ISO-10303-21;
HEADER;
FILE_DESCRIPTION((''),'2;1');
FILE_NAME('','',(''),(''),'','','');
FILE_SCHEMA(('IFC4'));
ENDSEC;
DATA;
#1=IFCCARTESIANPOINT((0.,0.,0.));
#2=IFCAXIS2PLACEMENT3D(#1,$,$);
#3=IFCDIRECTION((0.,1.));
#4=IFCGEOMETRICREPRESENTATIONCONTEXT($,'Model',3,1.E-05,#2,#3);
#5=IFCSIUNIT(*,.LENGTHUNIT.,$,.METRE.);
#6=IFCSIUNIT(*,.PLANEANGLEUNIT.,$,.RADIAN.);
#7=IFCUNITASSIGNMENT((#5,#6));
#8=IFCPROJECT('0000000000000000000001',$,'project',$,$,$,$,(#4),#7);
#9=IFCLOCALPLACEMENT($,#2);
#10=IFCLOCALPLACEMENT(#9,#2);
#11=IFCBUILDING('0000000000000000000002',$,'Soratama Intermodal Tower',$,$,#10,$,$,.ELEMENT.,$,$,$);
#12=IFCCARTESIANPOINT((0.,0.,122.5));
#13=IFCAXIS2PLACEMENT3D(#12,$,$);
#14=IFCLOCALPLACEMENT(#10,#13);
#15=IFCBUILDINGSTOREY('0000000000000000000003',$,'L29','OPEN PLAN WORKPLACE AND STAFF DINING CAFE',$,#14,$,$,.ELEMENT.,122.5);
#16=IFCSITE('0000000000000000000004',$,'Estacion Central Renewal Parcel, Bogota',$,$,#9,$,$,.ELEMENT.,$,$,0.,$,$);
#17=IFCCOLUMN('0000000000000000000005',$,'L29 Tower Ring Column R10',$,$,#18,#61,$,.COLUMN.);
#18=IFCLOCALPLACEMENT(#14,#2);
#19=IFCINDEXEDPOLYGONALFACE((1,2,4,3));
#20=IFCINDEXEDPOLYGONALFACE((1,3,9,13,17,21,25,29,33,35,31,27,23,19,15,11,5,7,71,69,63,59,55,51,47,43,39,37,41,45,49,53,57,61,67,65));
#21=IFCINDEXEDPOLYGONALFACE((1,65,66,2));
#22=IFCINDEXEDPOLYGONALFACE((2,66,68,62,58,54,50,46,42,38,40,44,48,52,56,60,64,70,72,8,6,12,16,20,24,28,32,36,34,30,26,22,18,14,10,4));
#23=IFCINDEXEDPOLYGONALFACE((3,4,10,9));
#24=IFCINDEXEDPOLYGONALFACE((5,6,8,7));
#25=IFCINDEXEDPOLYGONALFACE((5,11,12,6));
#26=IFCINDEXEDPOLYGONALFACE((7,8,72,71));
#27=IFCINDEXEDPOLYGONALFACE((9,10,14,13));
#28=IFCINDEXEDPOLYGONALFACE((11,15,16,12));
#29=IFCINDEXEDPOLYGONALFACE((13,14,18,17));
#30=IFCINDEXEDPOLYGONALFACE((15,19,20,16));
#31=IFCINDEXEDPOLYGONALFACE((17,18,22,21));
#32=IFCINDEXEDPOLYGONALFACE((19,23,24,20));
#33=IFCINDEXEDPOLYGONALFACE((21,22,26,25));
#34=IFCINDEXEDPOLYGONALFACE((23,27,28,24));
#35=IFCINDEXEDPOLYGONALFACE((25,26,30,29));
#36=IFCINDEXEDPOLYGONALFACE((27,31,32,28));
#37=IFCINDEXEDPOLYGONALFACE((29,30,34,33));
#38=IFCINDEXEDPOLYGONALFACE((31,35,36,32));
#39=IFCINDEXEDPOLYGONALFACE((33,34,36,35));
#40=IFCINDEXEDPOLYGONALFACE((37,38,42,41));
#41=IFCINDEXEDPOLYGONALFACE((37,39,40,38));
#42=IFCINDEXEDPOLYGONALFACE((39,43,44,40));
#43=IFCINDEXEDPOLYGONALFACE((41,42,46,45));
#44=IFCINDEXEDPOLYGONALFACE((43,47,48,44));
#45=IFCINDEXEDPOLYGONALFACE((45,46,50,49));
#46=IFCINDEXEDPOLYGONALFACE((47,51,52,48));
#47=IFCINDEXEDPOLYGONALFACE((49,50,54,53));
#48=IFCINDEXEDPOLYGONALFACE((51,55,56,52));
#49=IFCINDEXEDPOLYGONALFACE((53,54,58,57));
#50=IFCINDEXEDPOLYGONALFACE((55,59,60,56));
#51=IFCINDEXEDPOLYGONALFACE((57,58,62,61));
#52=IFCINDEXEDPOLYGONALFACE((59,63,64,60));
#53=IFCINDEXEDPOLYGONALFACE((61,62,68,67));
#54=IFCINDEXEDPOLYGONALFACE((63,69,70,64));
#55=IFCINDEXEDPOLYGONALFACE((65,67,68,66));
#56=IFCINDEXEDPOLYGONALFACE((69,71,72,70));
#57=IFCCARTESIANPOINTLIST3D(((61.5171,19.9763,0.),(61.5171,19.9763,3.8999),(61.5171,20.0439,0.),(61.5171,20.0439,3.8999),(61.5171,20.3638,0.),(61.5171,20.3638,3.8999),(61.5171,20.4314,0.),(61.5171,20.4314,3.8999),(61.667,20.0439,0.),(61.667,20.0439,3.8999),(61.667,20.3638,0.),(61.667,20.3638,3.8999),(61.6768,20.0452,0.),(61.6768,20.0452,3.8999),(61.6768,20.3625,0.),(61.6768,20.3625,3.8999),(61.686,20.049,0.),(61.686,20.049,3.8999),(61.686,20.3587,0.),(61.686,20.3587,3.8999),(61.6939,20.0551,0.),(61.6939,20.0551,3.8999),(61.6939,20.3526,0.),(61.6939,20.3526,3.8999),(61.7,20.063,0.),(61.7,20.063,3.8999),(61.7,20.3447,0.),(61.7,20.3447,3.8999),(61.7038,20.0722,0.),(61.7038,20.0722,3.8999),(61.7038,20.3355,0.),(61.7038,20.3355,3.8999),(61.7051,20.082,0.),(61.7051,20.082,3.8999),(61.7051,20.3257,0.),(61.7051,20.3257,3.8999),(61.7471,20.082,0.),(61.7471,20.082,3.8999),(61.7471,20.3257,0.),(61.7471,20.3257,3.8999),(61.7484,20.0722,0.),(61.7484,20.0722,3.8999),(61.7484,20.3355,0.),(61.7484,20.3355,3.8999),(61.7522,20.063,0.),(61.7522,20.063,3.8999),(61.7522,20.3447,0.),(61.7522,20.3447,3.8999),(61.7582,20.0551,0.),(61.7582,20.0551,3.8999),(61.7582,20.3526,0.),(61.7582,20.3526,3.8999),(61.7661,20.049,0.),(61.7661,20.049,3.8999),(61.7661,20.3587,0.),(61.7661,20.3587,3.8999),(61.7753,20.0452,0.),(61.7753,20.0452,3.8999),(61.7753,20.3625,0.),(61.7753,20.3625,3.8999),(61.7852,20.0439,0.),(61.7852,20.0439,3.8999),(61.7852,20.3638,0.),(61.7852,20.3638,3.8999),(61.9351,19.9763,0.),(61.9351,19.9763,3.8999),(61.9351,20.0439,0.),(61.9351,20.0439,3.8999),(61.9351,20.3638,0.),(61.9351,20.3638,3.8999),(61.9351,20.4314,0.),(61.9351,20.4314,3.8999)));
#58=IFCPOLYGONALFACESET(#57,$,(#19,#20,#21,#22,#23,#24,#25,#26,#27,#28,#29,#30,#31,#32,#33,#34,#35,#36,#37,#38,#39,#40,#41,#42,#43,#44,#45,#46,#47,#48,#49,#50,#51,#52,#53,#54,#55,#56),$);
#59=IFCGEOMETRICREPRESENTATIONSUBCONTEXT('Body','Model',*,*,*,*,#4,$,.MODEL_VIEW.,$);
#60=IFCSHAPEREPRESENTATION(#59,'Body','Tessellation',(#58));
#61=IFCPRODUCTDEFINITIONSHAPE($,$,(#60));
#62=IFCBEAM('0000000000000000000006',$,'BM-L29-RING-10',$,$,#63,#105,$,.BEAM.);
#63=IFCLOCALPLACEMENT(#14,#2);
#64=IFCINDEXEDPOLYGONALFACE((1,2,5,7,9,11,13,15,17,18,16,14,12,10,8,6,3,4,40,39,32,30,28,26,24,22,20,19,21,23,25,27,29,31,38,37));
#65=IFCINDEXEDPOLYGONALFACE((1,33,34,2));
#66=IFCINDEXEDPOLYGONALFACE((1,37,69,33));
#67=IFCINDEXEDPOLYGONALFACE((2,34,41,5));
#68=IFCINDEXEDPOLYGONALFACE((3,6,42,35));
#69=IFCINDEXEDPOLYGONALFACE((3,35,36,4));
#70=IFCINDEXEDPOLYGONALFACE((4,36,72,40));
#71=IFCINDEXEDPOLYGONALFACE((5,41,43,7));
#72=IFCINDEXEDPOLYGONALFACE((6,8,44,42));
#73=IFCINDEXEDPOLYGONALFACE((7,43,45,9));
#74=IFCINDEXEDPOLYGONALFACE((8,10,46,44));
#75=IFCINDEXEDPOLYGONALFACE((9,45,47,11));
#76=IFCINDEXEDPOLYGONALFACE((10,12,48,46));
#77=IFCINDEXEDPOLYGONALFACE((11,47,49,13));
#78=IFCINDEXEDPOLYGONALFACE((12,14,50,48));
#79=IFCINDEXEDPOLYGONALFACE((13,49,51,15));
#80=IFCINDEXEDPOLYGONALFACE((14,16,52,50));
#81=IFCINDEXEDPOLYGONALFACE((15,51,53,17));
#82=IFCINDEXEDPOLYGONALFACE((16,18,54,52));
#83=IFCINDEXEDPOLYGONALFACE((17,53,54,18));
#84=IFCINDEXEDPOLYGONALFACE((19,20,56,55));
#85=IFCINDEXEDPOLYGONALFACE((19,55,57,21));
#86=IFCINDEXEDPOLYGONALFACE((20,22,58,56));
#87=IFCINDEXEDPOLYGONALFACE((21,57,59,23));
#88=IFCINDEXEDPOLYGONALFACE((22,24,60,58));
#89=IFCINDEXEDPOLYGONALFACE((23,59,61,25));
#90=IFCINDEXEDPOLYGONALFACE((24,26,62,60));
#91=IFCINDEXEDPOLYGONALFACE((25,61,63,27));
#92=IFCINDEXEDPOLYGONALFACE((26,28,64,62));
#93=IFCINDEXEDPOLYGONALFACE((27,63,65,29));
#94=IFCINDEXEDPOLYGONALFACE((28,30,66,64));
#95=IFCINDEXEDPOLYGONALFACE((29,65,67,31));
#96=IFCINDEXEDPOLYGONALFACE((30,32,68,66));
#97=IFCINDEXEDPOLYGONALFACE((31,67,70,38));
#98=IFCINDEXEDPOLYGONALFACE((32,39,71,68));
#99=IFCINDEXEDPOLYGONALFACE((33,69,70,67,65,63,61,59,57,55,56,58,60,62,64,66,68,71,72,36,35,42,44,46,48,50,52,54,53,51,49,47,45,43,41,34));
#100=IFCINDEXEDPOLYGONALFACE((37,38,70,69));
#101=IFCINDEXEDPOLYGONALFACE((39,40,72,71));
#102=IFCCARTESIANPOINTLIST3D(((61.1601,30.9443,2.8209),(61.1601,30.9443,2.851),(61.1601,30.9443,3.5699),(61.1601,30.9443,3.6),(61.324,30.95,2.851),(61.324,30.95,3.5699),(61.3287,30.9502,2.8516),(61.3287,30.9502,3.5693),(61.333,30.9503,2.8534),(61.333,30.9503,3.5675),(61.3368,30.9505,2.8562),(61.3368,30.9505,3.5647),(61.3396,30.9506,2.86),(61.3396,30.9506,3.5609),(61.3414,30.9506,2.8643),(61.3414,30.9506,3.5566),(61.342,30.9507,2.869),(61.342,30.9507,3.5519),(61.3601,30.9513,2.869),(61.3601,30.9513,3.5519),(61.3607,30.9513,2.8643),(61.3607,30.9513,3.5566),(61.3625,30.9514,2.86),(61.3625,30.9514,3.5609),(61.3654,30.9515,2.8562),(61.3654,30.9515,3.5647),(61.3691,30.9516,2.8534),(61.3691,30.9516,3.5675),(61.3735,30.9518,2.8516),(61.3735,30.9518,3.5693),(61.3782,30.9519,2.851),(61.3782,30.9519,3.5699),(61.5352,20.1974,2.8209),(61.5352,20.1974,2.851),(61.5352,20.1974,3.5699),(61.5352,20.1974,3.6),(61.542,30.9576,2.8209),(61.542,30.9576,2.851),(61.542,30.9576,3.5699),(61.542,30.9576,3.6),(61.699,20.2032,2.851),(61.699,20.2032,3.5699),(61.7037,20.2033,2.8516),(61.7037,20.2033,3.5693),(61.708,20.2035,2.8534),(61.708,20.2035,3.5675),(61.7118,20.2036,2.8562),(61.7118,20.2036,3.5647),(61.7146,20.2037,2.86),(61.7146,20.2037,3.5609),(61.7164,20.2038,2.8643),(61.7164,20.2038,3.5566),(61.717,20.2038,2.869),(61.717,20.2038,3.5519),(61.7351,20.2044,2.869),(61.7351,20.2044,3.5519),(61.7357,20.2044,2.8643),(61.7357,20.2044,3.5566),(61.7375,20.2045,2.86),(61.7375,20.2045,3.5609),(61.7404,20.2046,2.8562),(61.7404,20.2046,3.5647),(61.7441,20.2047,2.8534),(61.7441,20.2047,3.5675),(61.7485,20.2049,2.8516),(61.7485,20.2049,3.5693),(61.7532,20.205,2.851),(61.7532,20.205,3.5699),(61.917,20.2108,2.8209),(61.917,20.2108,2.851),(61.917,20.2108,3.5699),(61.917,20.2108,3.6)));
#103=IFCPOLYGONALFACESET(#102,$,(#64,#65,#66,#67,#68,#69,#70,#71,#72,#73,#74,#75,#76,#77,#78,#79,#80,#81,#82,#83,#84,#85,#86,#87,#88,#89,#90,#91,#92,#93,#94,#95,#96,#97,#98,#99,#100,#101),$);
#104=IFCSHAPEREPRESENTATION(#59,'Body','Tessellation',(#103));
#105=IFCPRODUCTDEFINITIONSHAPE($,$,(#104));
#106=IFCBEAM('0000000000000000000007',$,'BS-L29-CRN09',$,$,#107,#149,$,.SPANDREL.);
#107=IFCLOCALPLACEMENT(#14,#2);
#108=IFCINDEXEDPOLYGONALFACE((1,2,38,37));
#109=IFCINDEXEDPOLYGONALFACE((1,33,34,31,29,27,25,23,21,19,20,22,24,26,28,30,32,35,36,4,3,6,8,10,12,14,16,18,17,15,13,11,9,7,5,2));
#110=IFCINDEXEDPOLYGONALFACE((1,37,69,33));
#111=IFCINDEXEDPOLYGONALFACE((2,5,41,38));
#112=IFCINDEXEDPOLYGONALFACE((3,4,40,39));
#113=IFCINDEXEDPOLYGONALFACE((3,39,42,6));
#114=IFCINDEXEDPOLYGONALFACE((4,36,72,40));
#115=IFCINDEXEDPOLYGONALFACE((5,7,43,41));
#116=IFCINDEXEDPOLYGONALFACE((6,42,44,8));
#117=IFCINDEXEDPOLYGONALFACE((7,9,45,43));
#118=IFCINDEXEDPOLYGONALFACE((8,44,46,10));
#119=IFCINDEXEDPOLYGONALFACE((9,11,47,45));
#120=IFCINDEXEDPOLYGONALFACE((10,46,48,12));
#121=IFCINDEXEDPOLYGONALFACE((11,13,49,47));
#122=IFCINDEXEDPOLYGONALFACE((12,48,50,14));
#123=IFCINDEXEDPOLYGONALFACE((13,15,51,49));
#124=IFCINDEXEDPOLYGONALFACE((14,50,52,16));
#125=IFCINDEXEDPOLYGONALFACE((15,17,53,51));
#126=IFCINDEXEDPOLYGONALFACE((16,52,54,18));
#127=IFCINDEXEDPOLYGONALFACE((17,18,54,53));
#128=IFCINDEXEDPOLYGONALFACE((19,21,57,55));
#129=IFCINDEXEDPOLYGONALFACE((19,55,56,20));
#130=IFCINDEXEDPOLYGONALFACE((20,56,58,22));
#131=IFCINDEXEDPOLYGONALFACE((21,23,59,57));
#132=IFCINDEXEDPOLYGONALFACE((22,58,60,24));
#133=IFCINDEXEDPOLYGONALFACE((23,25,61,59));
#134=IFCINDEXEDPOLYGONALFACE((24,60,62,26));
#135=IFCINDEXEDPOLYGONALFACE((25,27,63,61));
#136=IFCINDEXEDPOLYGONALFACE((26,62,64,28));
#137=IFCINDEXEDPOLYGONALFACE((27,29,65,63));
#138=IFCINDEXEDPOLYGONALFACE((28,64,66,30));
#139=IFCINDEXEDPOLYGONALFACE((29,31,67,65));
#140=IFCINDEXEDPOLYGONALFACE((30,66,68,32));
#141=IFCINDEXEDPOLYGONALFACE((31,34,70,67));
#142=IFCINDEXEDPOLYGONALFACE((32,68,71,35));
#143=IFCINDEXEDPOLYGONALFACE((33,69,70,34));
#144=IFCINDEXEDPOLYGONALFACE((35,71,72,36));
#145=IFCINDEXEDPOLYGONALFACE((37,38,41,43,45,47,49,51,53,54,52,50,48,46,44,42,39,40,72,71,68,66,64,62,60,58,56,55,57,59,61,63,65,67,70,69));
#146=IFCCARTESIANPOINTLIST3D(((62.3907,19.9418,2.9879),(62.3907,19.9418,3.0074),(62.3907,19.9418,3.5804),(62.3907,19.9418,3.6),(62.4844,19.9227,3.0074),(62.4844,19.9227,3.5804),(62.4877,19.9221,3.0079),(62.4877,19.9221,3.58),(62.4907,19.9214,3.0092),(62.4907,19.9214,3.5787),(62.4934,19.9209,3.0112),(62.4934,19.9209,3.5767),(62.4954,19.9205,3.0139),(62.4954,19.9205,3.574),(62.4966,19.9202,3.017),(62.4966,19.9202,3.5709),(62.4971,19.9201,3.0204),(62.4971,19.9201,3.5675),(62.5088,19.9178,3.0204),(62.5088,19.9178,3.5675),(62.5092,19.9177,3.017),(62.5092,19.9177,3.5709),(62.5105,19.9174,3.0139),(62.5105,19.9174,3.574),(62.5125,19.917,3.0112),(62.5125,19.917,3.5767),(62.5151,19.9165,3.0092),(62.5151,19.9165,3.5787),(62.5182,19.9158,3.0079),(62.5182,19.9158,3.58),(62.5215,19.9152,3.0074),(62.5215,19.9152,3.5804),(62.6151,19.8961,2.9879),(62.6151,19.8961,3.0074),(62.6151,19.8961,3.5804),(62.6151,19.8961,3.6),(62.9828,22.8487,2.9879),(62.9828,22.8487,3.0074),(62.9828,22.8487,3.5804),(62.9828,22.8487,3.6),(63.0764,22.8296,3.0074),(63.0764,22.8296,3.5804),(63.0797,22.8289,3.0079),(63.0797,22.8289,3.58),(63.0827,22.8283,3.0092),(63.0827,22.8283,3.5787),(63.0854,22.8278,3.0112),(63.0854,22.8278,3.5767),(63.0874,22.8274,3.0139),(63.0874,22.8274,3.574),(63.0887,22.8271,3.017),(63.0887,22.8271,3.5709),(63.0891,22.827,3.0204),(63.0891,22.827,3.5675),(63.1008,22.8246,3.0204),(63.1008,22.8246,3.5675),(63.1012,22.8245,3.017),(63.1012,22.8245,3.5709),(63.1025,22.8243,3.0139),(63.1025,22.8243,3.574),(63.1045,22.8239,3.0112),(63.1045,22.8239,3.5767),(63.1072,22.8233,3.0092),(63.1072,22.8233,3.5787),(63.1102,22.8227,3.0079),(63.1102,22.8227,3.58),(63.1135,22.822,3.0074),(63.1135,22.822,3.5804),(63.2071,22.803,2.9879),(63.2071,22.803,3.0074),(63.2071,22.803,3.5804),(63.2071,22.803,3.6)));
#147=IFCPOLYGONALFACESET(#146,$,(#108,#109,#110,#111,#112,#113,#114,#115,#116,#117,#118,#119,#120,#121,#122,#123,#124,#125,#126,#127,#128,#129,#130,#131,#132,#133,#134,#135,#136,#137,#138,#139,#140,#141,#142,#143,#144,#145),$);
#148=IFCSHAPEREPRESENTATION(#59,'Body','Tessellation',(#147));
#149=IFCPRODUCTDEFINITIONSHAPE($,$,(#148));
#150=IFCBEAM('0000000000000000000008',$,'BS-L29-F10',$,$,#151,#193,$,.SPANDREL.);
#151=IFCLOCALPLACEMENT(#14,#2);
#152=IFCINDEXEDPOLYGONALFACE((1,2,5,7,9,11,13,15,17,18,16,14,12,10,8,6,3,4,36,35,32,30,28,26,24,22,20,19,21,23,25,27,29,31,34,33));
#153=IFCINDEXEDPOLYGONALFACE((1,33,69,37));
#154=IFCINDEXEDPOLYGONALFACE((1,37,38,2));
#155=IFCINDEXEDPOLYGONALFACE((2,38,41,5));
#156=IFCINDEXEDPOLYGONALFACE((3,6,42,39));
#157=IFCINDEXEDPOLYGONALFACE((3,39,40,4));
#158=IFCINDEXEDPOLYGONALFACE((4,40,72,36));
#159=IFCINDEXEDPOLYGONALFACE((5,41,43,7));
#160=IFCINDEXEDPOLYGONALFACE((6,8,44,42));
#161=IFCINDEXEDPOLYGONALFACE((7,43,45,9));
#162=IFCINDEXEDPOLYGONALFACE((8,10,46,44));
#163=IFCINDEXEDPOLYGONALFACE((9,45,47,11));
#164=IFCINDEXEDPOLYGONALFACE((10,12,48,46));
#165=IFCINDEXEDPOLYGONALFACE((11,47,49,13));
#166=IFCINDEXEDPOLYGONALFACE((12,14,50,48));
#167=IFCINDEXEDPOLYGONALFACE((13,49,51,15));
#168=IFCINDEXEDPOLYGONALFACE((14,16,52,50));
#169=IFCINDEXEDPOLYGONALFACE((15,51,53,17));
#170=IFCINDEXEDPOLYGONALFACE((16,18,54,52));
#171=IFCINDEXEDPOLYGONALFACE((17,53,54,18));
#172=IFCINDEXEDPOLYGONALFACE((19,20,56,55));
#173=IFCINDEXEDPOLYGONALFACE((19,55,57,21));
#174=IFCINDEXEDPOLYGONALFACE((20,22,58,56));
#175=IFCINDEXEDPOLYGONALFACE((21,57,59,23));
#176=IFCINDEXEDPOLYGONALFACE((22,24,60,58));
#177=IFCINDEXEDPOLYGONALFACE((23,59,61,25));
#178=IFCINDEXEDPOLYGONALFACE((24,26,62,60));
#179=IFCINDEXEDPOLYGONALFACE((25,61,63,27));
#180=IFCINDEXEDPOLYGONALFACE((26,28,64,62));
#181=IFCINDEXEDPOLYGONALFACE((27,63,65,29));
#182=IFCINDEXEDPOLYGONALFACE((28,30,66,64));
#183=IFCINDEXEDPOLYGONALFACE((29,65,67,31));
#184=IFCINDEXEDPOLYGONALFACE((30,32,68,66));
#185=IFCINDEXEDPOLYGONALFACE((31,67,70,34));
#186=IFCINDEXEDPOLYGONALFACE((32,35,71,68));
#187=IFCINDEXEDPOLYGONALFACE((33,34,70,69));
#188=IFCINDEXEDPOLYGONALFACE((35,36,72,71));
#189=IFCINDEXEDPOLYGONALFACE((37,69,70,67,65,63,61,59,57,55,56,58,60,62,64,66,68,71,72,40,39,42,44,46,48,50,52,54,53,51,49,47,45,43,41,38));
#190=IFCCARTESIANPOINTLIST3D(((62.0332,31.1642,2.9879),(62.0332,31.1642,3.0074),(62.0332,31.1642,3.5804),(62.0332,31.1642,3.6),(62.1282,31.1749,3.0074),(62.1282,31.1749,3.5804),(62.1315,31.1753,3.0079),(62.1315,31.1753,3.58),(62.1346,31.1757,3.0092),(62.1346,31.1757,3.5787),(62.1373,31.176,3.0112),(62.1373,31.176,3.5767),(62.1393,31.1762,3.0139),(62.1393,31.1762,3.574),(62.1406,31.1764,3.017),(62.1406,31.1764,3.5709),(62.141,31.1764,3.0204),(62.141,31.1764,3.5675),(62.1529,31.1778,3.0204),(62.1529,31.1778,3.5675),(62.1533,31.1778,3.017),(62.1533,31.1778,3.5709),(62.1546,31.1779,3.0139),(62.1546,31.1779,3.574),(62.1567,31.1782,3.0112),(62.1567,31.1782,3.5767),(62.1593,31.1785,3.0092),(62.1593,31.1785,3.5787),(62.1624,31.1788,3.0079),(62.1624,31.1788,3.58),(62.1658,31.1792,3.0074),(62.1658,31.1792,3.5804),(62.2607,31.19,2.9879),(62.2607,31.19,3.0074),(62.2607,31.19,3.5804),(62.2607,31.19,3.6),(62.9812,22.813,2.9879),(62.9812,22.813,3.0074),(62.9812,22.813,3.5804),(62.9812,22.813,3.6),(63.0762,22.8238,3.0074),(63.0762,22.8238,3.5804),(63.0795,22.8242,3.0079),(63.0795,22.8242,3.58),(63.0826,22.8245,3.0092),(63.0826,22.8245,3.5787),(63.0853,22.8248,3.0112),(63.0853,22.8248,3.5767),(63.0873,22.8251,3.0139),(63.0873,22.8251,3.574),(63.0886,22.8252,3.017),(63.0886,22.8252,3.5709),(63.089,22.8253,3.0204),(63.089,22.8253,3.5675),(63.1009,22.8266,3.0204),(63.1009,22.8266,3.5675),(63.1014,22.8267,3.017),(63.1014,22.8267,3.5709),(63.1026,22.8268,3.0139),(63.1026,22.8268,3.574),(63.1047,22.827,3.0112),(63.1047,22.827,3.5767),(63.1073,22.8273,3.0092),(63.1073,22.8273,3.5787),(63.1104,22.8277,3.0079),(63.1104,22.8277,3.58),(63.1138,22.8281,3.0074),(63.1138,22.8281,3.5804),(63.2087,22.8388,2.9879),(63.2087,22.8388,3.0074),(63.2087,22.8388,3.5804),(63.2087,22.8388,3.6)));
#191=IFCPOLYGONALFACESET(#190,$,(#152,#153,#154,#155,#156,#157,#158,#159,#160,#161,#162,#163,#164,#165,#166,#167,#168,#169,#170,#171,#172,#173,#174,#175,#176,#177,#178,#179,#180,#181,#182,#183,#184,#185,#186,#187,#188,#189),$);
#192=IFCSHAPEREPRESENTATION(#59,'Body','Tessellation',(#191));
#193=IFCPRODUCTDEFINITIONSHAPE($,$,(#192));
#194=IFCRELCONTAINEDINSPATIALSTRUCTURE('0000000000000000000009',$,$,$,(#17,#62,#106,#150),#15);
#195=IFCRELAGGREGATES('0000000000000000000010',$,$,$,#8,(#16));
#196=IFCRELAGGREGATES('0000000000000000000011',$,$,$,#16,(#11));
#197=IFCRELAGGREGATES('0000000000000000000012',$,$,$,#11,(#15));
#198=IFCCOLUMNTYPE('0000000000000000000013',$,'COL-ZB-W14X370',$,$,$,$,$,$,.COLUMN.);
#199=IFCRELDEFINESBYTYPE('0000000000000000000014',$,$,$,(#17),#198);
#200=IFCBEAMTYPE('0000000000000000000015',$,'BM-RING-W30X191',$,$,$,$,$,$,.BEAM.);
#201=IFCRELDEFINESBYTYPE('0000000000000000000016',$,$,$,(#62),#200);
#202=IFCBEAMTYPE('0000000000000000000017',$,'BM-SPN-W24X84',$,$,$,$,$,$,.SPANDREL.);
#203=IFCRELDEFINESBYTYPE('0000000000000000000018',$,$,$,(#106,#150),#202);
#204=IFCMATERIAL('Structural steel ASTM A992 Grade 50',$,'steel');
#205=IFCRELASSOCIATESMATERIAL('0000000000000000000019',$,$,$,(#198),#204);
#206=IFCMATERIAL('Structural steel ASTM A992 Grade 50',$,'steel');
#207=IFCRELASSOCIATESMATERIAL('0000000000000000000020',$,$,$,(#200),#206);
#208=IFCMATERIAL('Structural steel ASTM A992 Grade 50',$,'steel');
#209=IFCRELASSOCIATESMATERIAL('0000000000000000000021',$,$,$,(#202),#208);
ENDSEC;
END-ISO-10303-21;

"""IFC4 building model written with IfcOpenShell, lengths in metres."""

from ifc_helpers import new_model, si_unit, direction, frame, origin, origin_2d, place, context, subcontext, project, spatial, i_section, extrude, material, material_profile, profile_set, type_object, element, save


model = new_model("IFC4")

# Units and contexts
model_context = context("Model", 3, precision=1e-05, world=origin(), true_north=direction((0.0, 1.0)))
body_context = subcontext(model_context, "Body", "Model", "MODEL_VIEW")
ifc_project = project(units=[si_unit("LENGTHUNIT", "METRE"), si_unit("PLANEANGLEUNIT", "RADIAN")], contexts=[model_context])

# Site, building, storey
site_placement = place(None, origin())
site = spatial("IfcSite", under=ifc_project, at=site_placement, Name="Estacion Central Renewal Parcel, Bogota", CompositionType="ELEMENT", RefElevation=0.0)
building_placement = place(site_placement, origin())
building = spatial("IfcBuilding", under=site, at=building_placement, Name="Soratama Intermodal Tower", CompositionType="ELEMENT")
storey_placement = place(building_placement, frame((0.0, 0.0, 122.5)))
storey = spatial("IfcBuildingStorey", under=building, at=storey_placement, Name="L29", Description="OPEN PLAN WORKPLACE AND STAFF DINING CAFE", CompositionType="ELEMENT", Elevation=122.5)

# Column
ifc_material_1 = material(Name="Structural steel ASTM A992 Grade 50", Category="steel")
ifc_material_profile_1 = material_profile(ifc_material_1, i_section(OverallWidth=0.418, OverallDepth=0.4551, WebThickness=0.042, FlangeThickness=0.0676, FilletRadius=0.0381, at=origin_2d()), Name="W14X370")
ifc_profile_set_1 = profile_set([ifc_material_profile_1], Name="Structural steel ASTM A992 Grade 50")
column_type = type_object("IfcColumnType", Name="COL-ZB-W14X370", PredefinedType="COLUMN", material=ifc_profile_set_1)
column_placement = place(storey_placement, frame((61.7261, 20.2039, 0.0), z_axis=(0.0, 0.0, 1.0), x_axis=(1.0, 0.0, 0.0)))
element("IfcColumn", 1, at=column_placement, inside=storey, type_object=column_type, Name="L29 Tower Ring Column R10", PredefinedType="COLUMN", context=body_context, shape_type="SweptSolid", body=[
    extrude(i_section(OverallWidth=0.418, OverallDepth=0.4551, WebThickness=0.042, FlangeThickness=0.0676, FilletRadius=0.0381, at=origin_2d()), origin(), (0.0, 0.0, 1.0), 3.8999),
])

# Beams
ifc_material_2 = material(Name="Structural steel ASTM A992 Grade 50", Category="steel")
ifc_material_profile_2 = material_profile(ifc_material_2, i_section(OverallWidth=0.3821, OverallDepth=0.7791, WebThickness=0.0181, FlangeThickness=0.03, FilletRadius=0.0181, at=origin_2d()), Name="W30X191")
ifc_profile_set_2 = profile_set([ifc_material_profile_2], Name="Structural steel ASTM A992 Grade 50")
beam_type_1 = type_object("IfcBeamType", Name="BM-RING-W30X191", PredefinedType="BEAM", material=ifc_profile_set_2)
beam_1_placement = place(storey_placement, frame((61.7261, 20.2041, 3.2104), z_axis=(-0.034873, 0.999392, 0.0), x_axis=(-0.999392, -0.034873, 0.0)))
element("IfcBeam", 2, at=beam_1_placement, inside=storey, type_object=beam_type_1, Name="BM-L29-RING-10", PredefinedType="BEAM", context=body_context, shape_type="SweptSolid", body=[
    extrude(i_section(OverallWidth=0.3821, OverallDepth=0.7791, WebThickness=0.0181, FlangeThickness=0.03, FilletRadius=0.0181, at=origin_2d()), origin(), (0.0, 0.0, 1.0), 10.7534),
])
ifc_material_3 = material(Name="Structural steel ASTM A992 Grade 50", Category="steel")
ifc_material_profile_3 = material_profile(ifc_material_3, i_section(OverallWidth=0.229, OverallDepth=0.6121, WebThickness=0.012, FlangeThickness=0.0195, FilletRadius=0.0129, at=origin_2d()), Name="W24X84")
ifc_profile_set_3 = profile_set([ifc_material_profile_3], Name="Structural steel ASTM A992 Grade 50")
beam_type_2 = type_object("IfcBeamType", Name="BM-SPN-W24X84", PredefinedType="SPANDREL", material=ifc_profile_set_3)
beam_2_placement = place(storey_placement, frame((62.5029, 19.9189, 3.2939), z_axis=(0.199565, 0.979885, 0.0), x_axis=(-0.979885, 0.199565, 0.0)))
element("IfcBeam", 3, at=beam_2_placement, inside=storey, type_object=beam_type_2, Name="BS-L29-CRN09", PredefinedType="SPANDREL", context=body_context, shape_type="SweptSolid", body=[
    extrude(i_section(OverallWidth=0.229, OverallDepth=0.6121, WebThickness=0.012, FlangeThickness=0.0195, FilletRadius=0.0129, at=origin_2d()), origin(), (0.0, 0.0, 1.0), 2.9666),
])
beam_3_placement = place(storey_placement, frame((63.095, 22.8259, 3.2939), z_axis=(-0.112794, 0.993618, 0.0), x_axis=(-0.993618, -0.112794, 0.0)))
element("IfcBeam", 4, at=beam_3_placement, inside=storey, type_object=beam_type_2, Name="BS-L29-F10", PredefinedType="SPANDREL", context=body_context, shape_type="SweptSolid", body=[
    extrude(i_section(OverallWidth=0.229, OverallDepth=0.6121, WebThickness=0.012, FlangeThickness=0.0195, FilletRadius=0.0129, at=origin_2d()), origin(), (0.0, 0.0, 1.0), 8.4048),
])

save(model, "model.ifc")
